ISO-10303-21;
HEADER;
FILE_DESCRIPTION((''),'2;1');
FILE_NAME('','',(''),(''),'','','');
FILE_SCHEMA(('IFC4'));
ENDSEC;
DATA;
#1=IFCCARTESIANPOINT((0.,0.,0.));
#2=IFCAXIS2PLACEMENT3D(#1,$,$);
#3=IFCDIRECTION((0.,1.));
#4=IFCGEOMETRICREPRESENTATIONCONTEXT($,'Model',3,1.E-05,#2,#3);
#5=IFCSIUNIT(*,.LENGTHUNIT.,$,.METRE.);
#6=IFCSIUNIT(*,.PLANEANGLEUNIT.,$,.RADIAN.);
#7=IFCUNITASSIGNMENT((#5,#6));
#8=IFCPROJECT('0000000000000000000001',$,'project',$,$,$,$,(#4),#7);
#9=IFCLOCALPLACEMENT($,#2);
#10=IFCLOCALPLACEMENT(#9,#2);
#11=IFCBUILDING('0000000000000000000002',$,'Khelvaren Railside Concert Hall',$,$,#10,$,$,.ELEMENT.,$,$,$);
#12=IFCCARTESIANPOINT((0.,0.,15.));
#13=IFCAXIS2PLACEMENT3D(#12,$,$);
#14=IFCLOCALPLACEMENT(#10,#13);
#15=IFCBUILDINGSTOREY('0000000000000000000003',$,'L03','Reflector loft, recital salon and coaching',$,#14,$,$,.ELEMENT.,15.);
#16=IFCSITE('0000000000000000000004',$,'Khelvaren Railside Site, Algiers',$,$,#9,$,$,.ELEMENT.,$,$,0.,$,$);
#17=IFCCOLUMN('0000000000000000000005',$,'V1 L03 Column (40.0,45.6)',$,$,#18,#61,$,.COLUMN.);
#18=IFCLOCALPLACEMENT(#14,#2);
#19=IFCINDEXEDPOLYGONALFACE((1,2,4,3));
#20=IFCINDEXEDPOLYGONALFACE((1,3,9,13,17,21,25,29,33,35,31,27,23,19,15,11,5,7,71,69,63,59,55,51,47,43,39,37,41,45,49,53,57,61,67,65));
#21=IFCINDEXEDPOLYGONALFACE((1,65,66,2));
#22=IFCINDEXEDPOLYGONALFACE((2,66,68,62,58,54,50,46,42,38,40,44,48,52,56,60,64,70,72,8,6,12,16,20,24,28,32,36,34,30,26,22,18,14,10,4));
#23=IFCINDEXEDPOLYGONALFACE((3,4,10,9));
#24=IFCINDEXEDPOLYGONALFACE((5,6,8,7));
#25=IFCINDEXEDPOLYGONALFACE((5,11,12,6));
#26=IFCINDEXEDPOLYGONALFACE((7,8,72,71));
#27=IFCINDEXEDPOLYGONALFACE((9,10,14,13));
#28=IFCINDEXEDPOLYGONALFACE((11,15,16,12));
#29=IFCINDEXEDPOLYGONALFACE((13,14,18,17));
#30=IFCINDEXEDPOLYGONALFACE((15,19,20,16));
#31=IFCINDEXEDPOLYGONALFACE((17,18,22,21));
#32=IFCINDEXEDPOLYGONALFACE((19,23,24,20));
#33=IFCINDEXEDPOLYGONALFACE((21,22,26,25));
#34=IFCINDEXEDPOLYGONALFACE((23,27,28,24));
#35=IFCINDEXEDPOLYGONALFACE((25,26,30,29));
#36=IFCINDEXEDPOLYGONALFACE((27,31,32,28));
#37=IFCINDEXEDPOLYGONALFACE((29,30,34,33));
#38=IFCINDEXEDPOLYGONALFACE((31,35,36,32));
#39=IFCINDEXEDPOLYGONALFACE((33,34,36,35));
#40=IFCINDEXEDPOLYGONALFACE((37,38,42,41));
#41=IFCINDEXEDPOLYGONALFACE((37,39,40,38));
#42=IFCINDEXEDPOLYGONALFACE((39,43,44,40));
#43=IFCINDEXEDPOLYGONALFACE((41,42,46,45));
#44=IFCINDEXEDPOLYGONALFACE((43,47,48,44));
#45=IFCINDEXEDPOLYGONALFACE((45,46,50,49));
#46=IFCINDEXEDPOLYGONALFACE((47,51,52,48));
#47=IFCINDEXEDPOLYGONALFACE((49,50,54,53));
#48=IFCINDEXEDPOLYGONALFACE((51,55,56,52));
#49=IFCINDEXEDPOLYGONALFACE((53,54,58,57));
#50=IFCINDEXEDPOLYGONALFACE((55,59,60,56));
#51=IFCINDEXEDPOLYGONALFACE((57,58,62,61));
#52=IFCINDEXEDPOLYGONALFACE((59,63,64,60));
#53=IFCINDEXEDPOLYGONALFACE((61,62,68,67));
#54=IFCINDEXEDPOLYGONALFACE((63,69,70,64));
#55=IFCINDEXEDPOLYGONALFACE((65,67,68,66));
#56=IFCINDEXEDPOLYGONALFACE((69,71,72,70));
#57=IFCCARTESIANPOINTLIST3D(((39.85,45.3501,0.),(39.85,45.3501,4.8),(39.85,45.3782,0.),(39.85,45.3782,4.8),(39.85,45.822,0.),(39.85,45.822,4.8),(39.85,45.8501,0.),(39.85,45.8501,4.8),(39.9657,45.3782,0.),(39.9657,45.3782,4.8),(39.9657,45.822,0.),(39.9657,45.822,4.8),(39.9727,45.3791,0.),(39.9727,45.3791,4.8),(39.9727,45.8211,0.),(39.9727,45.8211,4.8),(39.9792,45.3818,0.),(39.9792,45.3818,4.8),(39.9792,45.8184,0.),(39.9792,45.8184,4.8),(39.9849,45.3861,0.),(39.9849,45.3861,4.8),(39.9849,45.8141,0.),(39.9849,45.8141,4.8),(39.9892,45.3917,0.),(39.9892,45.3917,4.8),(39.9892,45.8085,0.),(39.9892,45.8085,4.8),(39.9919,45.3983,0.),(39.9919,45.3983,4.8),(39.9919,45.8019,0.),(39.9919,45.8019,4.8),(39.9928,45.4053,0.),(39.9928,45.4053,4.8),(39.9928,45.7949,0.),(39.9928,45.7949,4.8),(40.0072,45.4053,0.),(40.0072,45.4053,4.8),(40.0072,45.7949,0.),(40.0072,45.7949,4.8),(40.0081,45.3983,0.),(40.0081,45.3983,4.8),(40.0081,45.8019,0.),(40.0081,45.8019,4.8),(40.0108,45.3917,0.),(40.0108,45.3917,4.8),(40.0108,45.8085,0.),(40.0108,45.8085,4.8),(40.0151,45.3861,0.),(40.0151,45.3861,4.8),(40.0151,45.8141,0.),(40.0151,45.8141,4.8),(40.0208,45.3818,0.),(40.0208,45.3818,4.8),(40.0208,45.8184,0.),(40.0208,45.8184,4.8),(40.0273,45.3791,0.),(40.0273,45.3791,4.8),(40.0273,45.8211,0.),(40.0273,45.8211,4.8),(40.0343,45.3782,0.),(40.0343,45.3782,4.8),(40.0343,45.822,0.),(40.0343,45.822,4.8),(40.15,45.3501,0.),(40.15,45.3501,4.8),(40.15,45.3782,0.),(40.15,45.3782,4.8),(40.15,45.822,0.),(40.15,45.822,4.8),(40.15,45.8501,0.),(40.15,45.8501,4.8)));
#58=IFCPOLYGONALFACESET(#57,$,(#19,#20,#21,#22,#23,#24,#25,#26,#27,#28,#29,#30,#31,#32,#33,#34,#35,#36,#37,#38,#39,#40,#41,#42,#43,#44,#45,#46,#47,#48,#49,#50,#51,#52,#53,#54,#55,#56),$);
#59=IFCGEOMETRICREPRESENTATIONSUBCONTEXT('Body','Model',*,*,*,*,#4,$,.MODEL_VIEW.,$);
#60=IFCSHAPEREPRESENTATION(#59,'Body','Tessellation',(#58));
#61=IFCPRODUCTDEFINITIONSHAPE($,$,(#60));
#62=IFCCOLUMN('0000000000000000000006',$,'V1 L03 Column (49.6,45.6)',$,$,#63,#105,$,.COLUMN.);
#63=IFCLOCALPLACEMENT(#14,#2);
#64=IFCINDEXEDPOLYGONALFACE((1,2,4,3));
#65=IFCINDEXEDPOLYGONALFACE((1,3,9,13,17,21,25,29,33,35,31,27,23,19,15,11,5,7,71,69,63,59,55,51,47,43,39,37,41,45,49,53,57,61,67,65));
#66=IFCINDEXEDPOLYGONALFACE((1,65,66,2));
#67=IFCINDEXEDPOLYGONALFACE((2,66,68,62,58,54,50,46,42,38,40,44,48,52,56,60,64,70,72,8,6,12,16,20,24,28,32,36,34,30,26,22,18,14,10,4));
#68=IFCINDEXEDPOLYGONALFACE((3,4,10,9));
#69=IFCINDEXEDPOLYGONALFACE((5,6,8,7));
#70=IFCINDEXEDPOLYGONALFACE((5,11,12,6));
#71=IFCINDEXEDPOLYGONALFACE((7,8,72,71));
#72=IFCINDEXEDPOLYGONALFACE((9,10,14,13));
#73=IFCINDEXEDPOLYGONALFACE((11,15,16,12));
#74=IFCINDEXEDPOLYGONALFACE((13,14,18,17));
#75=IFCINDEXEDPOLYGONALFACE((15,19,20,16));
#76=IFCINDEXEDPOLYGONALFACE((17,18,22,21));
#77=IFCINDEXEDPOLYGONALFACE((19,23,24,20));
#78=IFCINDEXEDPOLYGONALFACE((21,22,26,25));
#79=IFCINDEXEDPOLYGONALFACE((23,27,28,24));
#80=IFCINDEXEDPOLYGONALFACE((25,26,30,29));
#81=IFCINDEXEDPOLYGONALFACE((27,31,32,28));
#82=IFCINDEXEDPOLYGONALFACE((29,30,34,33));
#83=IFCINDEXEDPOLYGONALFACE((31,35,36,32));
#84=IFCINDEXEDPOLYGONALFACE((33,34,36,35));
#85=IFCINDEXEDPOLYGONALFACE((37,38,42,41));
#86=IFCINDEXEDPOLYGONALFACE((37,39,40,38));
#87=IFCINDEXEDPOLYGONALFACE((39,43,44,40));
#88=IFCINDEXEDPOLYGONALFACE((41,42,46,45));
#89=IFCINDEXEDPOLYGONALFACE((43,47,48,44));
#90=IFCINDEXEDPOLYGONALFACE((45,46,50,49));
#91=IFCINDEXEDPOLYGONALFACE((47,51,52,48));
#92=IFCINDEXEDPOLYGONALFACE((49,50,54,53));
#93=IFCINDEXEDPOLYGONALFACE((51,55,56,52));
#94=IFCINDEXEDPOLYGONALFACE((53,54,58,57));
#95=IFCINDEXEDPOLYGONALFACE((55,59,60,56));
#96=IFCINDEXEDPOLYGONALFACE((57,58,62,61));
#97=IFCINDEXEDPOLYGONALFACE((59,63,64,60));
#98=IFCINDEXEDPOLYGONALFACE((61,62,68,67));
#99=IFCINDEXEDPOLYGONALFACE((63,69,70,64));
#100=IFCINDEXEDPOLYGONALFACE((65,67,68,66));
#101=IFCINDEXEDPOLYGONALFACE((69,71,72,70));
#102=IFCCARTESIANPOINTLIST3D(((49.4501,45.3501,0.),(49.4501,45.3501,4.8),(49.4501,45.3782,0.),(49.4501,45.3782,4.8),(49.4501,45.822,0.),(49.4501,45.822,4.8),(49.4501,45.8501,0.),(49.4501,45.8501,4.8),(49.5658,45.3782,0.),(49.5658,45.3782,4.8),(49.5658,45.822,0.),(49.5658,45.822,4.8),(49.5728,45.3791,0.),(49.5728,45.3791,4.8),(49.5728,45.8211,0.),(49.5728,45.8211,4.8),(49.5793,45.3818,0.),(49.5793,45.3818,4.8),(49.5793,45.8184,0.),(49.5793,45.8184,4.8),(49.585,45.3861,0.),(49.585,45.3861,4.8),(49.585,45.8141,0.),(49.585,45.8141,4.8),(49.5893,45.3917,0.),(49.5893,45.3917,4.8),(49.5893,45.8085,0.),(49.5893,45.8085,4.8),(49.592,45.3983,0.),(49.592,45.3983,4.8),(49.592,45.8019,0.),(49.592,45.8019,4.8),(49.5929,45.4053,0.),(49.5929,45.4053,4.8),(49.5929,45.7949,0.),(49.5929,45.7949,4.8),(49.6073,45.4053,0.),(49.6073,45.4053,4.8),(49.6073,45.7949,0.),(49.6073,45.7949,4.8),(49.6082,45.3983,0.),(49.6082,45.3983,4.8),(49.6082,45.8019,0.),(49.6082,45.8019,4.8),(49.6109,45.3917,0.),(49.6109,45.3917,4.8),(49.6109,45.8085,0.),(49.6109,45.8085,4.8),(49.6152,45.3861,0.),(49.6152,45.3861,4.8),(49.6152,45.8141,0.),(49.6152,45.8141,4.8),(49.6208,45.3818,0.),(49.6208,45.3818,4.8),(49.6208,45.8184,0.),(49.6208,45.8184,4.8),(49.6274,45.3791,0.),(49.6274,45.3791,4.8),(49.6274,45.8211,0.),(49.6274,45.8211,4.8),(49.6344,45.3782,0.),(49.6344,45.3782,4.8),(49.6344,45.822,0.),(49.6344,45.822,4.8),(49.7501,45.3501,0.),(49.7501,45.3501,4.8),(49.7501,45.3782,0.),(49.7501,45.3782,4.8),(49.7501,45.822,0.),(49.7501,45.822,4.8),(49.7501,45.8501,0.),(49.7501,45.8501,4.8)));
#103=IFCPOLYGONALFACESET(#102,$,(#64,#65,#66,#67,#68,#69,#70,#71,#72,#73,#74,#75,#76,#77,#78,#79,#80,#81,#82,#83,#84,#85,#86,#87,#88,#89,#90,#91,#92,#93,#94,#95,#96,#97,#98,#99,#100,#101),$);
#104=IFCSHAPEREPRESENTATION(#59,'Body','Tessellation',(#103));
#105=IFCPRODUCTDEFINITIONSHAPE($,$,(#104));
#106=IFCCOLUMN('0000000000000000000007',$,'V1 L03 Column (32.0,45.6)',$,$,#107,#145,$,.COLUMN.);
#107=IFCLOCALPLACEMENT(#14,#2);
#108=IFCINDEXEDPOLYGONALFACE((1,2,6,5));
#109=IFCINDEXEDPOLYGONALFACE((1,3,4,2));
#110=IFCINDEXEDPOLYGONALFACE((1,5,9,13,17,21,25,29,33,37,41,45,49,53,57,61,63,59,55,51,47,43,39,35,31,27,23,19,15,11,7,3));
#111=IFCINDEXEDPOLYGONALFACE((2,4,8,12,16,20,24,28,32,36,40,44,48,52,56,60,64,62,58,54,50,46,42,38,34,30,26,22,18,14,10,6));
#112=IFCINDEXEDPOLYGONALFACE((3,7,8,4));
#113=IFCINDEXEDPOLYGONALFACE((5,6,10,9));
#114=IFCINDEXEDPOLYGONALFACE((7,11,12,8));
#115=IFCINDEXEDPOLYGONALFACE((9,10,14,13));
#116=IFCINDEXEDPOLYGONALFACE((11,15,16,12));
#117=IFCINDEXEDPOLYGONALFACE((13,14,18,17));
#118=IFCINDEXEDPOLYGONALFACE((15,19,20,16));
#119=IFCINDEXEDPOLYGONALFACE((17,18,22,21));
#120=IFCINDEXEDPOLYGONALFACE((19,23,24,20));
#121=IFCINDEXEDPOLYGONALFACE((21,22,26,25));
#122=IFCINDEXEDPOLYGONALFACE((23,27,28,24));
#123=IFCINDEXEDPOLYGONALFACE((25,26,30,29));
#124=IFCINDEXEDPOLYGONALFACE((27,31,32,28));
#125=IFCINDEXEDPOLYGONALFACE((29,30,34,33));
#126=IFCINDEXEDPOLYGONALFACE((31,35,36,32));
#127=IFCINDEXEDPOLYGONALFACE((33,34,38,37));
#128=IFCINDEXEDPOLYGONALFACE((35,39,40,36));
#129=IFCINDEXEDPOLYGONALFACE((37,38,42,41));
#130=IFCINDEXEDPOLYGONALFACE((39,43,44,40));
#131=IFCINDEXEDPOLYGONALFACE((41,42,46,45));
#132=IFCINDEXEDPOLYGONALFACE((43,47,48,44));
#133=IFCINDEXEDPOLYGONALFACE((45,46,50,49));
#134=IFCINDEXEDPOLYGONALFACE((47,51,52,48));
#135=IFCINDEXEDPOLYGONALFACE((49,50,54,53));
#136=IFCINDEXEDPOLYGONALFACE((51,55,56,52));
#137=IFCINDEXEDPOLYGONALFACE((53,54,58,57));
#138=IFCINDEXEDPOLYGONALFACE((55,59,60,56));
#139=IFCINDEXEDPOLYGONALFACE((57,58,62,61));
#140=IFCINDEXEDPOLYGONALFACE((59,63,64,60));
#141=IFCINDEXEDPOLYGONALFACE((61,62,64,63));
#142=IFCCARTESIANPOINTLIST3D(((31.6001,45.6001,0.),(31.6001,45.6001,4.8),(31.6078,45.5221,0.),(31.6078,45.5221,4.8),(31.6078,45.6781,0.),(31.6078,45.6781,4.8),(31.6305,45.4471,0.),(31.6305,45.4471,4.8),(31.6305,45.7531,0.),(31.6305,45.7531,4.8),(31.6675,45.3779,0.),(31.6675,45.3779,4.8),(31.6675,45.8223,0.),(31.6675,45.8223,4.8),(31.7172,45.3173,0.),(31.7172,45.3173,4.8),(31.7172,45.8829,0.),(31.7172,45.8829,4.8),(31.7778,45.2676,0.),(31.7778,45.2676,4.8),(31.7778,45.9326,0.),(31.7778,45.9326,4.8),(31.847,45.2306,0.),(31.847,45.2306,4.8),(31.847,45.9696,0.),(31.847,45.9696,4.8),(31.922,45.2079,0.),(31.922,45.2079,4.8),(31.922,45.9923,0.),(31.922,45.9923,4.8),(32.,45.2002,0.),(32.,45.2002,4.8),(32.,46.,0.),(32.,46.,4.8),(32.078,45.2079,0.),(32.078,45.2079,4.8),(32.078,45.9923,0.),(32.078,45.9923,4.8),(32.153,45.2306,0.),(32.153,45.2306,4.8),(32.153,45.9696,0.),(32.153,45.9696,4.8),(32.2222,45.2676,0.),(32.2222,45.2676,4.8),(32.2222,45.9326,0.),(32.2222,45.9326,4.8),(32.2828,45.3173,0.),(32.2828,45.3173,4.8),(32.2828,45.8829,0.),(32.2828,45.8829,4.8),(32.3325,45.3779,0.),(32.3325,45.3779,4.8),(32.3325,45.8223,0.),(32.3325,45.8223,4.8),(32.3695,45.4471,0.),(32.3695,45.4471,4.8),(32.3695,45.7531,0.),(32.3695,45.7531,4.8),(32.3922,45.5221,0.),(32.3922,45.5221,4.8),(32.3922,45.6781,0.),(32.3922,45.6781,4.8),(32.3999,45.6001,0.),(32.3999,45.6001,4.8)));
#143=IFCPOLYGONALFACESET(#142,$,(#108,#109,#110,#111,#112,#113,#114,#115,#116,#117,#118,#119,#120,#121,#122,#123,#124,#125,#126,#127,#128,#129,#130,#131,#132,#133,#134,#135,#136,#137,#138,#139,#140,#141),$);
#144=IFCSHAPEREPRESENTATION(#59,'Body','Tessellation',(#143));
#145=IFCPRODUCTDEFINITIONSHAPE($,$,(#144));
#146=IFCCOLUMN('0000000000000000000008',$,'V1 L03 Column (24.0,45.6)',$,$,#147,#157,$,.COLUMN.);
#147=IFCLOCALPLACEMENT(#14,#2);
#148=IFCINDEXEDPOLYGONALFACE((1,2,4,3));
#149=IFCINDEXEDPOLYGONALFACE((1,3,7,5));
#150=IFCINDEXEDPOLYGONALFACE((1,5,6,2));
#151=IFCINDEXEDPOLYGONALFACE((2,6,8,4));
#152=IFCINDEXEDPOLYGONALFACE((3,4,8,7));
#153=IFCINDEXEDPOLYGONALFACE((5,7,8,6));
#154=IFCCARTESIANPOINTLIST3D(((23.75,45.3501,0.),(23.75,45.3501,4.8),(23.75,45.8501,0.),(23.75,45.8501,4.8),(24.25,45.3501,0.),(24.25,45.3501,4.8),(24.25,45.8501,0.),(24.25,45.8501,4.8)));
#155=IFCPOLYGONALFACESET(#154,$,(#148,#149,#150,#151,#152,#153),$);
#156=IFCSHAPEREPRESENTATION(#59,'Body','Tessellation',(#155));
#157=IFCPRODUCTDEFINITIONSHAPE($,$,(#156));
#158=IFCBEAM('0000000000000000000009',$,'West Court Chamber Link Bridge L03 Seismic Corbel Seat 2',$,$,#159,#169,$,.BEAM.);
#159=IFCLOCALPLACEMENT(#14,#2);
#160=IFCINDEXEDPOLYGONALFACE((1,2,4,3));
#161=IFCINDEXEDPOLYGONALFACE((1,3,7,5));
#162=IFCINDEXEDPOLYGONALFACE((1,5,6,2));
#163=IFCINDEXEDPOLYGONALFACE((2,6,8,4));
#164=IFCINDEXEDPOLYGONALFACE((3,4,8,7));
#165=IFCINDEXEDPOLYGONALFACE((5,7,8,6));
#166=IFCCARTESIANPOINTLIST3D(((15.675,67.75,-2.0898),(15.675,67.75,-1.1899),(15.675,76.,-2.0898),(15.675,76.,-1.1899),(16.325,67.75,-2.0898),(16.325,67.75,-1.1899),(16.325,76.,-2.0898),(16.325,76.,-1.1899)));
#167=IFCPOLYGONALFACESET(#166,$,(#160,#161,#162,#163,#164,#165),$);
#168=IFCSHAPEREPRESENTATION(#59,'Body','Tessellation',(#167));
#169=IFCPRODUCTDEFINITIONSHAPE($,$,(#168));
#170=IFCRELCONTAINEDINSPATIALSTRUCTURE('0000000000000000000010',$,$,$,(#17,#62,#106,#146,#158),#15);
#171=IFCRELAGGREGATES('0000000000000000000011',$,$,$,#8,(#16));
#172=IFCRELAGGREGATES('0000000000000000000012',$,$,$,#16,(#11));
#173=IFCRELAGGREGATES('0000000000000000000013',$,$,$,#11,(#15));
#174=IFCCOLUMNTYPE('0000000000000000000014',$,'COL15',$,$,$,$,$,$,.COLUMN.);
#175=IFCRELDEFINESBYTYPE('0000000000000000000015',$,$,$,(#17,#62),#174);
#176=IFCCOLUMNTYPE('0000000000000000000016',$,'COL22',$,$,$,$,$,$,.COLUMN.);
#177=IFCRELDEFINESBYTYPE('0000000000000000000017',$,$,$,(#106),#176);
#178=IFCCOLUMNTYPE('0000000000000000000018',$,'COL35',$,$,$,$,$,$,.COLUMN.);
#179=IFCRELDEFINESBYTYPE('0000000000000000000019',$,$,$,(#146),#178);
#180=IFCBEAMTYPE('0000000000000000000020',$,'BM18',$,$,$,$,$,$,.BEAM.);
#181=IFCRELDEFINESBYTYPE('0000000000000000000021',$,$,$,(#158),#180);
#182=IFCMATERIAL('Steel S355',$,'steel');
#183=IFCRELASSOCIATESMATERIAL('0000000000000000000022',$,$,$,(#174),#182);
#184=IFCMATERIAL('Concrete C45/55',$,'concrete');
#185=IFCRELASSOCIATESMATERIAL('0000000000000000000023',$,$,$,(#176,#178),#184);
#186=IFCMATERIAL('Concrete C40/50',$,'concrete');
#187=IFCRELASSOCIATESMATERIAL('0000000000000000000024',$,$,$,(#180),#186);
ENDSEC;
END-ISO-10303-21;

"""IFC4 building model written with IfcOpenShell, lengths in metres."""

from ifc_helpers import new_model, si_unit, direction, frame, origin, origin_2d, place, context, subcontext, project, spatial, rectangle, circle, i_section, extrude, material, material_profile, profile_set, type_object, element, save


model = new_model("IFC4")

# Units and contexts
model_context = context("Model", 3, precision=1e-05, world=origin(), true_north=direction((0.0, 1.0)))
body_context = subcontext(model_context, "Body", "Model", "MODEL_VIEW")
ifc_project = project(units=[si_unit("LENGTHUNIT", "METRE"), si_unit("PLANEANGLEUNIT", "RADIAN")], contexts=[model_context])

# Site, building, storey
site_placement = place(None, origin())
site = spatial("IfcSite", under=ifc_project, at=site_placement, Name="Khelvaren Railside Site, Algiers", CompositionType="ELEMENT", RefElevation=0.0)
building_placement = place(site_placement, origin())
building = spatial("IfcBuilding", under=site, at=building_placement, Name="Khelvaren Railside Concert Hall", CompositionType="ELEMENT")
storey_placement = place(building_placement, frame((0.0, 0.0, 15.0)))
storey = spatial("IfcBuildingStorey", under=building, at=storey_placement, Name="L03", Description="Reflector loft, recital salon and coaching", CompositionType="ELEMENT", Elevation=15.0)

# Columns
ifc_material_1 = material(Name="Steel S355", Category="steel")
ifc_material_profile_1 = material_profile(ifc_material_1, i_section(OverallWidth=0.3, OverallDepth=0.5, WebThickness=0.0144, FlangeThickness=0.0281, FilletRadius=0.0271, at=origin_2d()), Name="HEB 500")
ifc_profile_set_1 = profile_set([ifc_material_profile_1], Name="Steel S355")
column_type_1 = type_object("IfcColumnType", Name="COL15", PredefinedType="COLUMN", material=ifc_profile_set_1)
for number, where, z_axis, x_axis, name in (
    (1, (40.0, 45.6001, 0.0), (0.0, 0.0, 1.0), (1.0, 0.0, 0.0), "V1 L03 Column (40.0,45.6)"),
    (2, (49.6001, 45.6001, 0.0), (0.0, 0.0, 1.0), (1.0, 0.0, 0.0), "V1 L03 Column (49.6,45.6)"),
):
    element("IfcColumn", number, at=place(storey_placement, frame(where, z_axis=z_axis, x_axis=x_axis)), inside=storey, type_object=column_type_1, Name=name, PredefinedType="COLUMN", context=body_context, shape_type="SweptSolid", body=[
        extrude(i_section(OverallWidth=0.3, OverallDepth=0.5, WebThickness=0.0144, FlangeThickness=0.0281, FilletRadius=0.0271, at=origin_2d()), origin(), (0.0, 0.0, 1.0), 4.8),
    ])
ifc_material_2 = material(Name="Concrete C45/55", Category="concrete")
ifc_material_profile_2 = material_profile(ifc_material_2, circle(Radius=0.3999, at=origin_2d()), Name="RC D800")
ifc_profile_set_2 = profile_set([ifc_material_profile_2], Name="Concrete C45/55")
column_type_2 = type_object("IfcColumnType", Name="COL22", PredefinedType="COLUMN", material=ifc_profile_set_2)
column_1_placement = place(storey_placement, frame((32.0, 45.6001, 0.0), z_axis=(0.0, 0.0, 1.0), x_axis=(1.0, 0.0, 0.0)))
element("IfcColumn", 3, at=column_1_placement, inside=storey, type_object=column_type_2, Name="V1 L03 Column (32.0,45.6)", PredefinedType="COLUMN", context=body_context, shape_type="SweptSolid", body=[
    extrude(circle(Radius=0.3999, at=origin_2d()), origin(), (0.0, 0.0, 1.0), 4.8),
])
ifc_material_profile_3 = material_profile(ifc_material_2, rectangle(XDim=0.5, YDim=0.5, at=origin_2d()), Name="RC 500x500")
ifc_profile_set_3 = profile_set([ifc_material_profile_3], Name="Concrete C45/55")
column_type_3 = type_object("IfcColumnType", Name="COL35", PredefinedType="COLUMN", material=ifc_profile_set_3)
column_2_placement = place(storey_placement, frame((24.0, 45.6001, 0.0), z_axis=(0.0, 0.0, 1.0), x_axis=(1.0, 0.0, 0.0)))
element("IfcColumn", 4, at=column_2_placement, inside=storey, type_object=column_type_3, Name="V1 L03 Column (24.0,45.6)", PredefinedType="COLUMN", context=body_context, shape_type="SweptSolid", body=[
    extrude(rectangle(XDim=0.5, YDim=0.5, at=origin_2d()), origin(), (0.0, 0.0, 1.0), 4.8),
])

# Beam
ifc_material_3 = material(Name="Concrete C40/50", Category="concrete")
ifc_material_profile_4 = material_profile(ifc_material_3, rectangle(XDim=0.6499, YDim=0.8999, at=origin_2d()), Name="RCB 650x900")
ifc_profile_set_4 = profile_set([ifc_material_profile_4], Name="Concrete C40/50")
beam_type_1 = type_object("IfcBeamType", Name="BM18", PredefinedType="BEAM", material=ifc_profile_set_4)
beam_1_placement = place(storey_placement, frame((16.0, 67.75, -1.6399), z_axis=(0.0, 1.0, 0.0), x_axis=(-1.0, 0.0, 0.0)))
element("IfcBeam", 5, at=beam_1_placement, inside=storey, type_object=beam_type_1, Name="West Court Chamber Link Bridge L03 Seismic Corbel Seat 2", PredefinedType="BEAM", context=body_context, shape_type="SweptSolid", body=[
    extrude(rectangle(XDim=0.6499, YDim=0.8999, at=origin_2d()), origin(), (0.0, 0.0, 1.0), 8.25),
])

save(model, "model.ifc")
